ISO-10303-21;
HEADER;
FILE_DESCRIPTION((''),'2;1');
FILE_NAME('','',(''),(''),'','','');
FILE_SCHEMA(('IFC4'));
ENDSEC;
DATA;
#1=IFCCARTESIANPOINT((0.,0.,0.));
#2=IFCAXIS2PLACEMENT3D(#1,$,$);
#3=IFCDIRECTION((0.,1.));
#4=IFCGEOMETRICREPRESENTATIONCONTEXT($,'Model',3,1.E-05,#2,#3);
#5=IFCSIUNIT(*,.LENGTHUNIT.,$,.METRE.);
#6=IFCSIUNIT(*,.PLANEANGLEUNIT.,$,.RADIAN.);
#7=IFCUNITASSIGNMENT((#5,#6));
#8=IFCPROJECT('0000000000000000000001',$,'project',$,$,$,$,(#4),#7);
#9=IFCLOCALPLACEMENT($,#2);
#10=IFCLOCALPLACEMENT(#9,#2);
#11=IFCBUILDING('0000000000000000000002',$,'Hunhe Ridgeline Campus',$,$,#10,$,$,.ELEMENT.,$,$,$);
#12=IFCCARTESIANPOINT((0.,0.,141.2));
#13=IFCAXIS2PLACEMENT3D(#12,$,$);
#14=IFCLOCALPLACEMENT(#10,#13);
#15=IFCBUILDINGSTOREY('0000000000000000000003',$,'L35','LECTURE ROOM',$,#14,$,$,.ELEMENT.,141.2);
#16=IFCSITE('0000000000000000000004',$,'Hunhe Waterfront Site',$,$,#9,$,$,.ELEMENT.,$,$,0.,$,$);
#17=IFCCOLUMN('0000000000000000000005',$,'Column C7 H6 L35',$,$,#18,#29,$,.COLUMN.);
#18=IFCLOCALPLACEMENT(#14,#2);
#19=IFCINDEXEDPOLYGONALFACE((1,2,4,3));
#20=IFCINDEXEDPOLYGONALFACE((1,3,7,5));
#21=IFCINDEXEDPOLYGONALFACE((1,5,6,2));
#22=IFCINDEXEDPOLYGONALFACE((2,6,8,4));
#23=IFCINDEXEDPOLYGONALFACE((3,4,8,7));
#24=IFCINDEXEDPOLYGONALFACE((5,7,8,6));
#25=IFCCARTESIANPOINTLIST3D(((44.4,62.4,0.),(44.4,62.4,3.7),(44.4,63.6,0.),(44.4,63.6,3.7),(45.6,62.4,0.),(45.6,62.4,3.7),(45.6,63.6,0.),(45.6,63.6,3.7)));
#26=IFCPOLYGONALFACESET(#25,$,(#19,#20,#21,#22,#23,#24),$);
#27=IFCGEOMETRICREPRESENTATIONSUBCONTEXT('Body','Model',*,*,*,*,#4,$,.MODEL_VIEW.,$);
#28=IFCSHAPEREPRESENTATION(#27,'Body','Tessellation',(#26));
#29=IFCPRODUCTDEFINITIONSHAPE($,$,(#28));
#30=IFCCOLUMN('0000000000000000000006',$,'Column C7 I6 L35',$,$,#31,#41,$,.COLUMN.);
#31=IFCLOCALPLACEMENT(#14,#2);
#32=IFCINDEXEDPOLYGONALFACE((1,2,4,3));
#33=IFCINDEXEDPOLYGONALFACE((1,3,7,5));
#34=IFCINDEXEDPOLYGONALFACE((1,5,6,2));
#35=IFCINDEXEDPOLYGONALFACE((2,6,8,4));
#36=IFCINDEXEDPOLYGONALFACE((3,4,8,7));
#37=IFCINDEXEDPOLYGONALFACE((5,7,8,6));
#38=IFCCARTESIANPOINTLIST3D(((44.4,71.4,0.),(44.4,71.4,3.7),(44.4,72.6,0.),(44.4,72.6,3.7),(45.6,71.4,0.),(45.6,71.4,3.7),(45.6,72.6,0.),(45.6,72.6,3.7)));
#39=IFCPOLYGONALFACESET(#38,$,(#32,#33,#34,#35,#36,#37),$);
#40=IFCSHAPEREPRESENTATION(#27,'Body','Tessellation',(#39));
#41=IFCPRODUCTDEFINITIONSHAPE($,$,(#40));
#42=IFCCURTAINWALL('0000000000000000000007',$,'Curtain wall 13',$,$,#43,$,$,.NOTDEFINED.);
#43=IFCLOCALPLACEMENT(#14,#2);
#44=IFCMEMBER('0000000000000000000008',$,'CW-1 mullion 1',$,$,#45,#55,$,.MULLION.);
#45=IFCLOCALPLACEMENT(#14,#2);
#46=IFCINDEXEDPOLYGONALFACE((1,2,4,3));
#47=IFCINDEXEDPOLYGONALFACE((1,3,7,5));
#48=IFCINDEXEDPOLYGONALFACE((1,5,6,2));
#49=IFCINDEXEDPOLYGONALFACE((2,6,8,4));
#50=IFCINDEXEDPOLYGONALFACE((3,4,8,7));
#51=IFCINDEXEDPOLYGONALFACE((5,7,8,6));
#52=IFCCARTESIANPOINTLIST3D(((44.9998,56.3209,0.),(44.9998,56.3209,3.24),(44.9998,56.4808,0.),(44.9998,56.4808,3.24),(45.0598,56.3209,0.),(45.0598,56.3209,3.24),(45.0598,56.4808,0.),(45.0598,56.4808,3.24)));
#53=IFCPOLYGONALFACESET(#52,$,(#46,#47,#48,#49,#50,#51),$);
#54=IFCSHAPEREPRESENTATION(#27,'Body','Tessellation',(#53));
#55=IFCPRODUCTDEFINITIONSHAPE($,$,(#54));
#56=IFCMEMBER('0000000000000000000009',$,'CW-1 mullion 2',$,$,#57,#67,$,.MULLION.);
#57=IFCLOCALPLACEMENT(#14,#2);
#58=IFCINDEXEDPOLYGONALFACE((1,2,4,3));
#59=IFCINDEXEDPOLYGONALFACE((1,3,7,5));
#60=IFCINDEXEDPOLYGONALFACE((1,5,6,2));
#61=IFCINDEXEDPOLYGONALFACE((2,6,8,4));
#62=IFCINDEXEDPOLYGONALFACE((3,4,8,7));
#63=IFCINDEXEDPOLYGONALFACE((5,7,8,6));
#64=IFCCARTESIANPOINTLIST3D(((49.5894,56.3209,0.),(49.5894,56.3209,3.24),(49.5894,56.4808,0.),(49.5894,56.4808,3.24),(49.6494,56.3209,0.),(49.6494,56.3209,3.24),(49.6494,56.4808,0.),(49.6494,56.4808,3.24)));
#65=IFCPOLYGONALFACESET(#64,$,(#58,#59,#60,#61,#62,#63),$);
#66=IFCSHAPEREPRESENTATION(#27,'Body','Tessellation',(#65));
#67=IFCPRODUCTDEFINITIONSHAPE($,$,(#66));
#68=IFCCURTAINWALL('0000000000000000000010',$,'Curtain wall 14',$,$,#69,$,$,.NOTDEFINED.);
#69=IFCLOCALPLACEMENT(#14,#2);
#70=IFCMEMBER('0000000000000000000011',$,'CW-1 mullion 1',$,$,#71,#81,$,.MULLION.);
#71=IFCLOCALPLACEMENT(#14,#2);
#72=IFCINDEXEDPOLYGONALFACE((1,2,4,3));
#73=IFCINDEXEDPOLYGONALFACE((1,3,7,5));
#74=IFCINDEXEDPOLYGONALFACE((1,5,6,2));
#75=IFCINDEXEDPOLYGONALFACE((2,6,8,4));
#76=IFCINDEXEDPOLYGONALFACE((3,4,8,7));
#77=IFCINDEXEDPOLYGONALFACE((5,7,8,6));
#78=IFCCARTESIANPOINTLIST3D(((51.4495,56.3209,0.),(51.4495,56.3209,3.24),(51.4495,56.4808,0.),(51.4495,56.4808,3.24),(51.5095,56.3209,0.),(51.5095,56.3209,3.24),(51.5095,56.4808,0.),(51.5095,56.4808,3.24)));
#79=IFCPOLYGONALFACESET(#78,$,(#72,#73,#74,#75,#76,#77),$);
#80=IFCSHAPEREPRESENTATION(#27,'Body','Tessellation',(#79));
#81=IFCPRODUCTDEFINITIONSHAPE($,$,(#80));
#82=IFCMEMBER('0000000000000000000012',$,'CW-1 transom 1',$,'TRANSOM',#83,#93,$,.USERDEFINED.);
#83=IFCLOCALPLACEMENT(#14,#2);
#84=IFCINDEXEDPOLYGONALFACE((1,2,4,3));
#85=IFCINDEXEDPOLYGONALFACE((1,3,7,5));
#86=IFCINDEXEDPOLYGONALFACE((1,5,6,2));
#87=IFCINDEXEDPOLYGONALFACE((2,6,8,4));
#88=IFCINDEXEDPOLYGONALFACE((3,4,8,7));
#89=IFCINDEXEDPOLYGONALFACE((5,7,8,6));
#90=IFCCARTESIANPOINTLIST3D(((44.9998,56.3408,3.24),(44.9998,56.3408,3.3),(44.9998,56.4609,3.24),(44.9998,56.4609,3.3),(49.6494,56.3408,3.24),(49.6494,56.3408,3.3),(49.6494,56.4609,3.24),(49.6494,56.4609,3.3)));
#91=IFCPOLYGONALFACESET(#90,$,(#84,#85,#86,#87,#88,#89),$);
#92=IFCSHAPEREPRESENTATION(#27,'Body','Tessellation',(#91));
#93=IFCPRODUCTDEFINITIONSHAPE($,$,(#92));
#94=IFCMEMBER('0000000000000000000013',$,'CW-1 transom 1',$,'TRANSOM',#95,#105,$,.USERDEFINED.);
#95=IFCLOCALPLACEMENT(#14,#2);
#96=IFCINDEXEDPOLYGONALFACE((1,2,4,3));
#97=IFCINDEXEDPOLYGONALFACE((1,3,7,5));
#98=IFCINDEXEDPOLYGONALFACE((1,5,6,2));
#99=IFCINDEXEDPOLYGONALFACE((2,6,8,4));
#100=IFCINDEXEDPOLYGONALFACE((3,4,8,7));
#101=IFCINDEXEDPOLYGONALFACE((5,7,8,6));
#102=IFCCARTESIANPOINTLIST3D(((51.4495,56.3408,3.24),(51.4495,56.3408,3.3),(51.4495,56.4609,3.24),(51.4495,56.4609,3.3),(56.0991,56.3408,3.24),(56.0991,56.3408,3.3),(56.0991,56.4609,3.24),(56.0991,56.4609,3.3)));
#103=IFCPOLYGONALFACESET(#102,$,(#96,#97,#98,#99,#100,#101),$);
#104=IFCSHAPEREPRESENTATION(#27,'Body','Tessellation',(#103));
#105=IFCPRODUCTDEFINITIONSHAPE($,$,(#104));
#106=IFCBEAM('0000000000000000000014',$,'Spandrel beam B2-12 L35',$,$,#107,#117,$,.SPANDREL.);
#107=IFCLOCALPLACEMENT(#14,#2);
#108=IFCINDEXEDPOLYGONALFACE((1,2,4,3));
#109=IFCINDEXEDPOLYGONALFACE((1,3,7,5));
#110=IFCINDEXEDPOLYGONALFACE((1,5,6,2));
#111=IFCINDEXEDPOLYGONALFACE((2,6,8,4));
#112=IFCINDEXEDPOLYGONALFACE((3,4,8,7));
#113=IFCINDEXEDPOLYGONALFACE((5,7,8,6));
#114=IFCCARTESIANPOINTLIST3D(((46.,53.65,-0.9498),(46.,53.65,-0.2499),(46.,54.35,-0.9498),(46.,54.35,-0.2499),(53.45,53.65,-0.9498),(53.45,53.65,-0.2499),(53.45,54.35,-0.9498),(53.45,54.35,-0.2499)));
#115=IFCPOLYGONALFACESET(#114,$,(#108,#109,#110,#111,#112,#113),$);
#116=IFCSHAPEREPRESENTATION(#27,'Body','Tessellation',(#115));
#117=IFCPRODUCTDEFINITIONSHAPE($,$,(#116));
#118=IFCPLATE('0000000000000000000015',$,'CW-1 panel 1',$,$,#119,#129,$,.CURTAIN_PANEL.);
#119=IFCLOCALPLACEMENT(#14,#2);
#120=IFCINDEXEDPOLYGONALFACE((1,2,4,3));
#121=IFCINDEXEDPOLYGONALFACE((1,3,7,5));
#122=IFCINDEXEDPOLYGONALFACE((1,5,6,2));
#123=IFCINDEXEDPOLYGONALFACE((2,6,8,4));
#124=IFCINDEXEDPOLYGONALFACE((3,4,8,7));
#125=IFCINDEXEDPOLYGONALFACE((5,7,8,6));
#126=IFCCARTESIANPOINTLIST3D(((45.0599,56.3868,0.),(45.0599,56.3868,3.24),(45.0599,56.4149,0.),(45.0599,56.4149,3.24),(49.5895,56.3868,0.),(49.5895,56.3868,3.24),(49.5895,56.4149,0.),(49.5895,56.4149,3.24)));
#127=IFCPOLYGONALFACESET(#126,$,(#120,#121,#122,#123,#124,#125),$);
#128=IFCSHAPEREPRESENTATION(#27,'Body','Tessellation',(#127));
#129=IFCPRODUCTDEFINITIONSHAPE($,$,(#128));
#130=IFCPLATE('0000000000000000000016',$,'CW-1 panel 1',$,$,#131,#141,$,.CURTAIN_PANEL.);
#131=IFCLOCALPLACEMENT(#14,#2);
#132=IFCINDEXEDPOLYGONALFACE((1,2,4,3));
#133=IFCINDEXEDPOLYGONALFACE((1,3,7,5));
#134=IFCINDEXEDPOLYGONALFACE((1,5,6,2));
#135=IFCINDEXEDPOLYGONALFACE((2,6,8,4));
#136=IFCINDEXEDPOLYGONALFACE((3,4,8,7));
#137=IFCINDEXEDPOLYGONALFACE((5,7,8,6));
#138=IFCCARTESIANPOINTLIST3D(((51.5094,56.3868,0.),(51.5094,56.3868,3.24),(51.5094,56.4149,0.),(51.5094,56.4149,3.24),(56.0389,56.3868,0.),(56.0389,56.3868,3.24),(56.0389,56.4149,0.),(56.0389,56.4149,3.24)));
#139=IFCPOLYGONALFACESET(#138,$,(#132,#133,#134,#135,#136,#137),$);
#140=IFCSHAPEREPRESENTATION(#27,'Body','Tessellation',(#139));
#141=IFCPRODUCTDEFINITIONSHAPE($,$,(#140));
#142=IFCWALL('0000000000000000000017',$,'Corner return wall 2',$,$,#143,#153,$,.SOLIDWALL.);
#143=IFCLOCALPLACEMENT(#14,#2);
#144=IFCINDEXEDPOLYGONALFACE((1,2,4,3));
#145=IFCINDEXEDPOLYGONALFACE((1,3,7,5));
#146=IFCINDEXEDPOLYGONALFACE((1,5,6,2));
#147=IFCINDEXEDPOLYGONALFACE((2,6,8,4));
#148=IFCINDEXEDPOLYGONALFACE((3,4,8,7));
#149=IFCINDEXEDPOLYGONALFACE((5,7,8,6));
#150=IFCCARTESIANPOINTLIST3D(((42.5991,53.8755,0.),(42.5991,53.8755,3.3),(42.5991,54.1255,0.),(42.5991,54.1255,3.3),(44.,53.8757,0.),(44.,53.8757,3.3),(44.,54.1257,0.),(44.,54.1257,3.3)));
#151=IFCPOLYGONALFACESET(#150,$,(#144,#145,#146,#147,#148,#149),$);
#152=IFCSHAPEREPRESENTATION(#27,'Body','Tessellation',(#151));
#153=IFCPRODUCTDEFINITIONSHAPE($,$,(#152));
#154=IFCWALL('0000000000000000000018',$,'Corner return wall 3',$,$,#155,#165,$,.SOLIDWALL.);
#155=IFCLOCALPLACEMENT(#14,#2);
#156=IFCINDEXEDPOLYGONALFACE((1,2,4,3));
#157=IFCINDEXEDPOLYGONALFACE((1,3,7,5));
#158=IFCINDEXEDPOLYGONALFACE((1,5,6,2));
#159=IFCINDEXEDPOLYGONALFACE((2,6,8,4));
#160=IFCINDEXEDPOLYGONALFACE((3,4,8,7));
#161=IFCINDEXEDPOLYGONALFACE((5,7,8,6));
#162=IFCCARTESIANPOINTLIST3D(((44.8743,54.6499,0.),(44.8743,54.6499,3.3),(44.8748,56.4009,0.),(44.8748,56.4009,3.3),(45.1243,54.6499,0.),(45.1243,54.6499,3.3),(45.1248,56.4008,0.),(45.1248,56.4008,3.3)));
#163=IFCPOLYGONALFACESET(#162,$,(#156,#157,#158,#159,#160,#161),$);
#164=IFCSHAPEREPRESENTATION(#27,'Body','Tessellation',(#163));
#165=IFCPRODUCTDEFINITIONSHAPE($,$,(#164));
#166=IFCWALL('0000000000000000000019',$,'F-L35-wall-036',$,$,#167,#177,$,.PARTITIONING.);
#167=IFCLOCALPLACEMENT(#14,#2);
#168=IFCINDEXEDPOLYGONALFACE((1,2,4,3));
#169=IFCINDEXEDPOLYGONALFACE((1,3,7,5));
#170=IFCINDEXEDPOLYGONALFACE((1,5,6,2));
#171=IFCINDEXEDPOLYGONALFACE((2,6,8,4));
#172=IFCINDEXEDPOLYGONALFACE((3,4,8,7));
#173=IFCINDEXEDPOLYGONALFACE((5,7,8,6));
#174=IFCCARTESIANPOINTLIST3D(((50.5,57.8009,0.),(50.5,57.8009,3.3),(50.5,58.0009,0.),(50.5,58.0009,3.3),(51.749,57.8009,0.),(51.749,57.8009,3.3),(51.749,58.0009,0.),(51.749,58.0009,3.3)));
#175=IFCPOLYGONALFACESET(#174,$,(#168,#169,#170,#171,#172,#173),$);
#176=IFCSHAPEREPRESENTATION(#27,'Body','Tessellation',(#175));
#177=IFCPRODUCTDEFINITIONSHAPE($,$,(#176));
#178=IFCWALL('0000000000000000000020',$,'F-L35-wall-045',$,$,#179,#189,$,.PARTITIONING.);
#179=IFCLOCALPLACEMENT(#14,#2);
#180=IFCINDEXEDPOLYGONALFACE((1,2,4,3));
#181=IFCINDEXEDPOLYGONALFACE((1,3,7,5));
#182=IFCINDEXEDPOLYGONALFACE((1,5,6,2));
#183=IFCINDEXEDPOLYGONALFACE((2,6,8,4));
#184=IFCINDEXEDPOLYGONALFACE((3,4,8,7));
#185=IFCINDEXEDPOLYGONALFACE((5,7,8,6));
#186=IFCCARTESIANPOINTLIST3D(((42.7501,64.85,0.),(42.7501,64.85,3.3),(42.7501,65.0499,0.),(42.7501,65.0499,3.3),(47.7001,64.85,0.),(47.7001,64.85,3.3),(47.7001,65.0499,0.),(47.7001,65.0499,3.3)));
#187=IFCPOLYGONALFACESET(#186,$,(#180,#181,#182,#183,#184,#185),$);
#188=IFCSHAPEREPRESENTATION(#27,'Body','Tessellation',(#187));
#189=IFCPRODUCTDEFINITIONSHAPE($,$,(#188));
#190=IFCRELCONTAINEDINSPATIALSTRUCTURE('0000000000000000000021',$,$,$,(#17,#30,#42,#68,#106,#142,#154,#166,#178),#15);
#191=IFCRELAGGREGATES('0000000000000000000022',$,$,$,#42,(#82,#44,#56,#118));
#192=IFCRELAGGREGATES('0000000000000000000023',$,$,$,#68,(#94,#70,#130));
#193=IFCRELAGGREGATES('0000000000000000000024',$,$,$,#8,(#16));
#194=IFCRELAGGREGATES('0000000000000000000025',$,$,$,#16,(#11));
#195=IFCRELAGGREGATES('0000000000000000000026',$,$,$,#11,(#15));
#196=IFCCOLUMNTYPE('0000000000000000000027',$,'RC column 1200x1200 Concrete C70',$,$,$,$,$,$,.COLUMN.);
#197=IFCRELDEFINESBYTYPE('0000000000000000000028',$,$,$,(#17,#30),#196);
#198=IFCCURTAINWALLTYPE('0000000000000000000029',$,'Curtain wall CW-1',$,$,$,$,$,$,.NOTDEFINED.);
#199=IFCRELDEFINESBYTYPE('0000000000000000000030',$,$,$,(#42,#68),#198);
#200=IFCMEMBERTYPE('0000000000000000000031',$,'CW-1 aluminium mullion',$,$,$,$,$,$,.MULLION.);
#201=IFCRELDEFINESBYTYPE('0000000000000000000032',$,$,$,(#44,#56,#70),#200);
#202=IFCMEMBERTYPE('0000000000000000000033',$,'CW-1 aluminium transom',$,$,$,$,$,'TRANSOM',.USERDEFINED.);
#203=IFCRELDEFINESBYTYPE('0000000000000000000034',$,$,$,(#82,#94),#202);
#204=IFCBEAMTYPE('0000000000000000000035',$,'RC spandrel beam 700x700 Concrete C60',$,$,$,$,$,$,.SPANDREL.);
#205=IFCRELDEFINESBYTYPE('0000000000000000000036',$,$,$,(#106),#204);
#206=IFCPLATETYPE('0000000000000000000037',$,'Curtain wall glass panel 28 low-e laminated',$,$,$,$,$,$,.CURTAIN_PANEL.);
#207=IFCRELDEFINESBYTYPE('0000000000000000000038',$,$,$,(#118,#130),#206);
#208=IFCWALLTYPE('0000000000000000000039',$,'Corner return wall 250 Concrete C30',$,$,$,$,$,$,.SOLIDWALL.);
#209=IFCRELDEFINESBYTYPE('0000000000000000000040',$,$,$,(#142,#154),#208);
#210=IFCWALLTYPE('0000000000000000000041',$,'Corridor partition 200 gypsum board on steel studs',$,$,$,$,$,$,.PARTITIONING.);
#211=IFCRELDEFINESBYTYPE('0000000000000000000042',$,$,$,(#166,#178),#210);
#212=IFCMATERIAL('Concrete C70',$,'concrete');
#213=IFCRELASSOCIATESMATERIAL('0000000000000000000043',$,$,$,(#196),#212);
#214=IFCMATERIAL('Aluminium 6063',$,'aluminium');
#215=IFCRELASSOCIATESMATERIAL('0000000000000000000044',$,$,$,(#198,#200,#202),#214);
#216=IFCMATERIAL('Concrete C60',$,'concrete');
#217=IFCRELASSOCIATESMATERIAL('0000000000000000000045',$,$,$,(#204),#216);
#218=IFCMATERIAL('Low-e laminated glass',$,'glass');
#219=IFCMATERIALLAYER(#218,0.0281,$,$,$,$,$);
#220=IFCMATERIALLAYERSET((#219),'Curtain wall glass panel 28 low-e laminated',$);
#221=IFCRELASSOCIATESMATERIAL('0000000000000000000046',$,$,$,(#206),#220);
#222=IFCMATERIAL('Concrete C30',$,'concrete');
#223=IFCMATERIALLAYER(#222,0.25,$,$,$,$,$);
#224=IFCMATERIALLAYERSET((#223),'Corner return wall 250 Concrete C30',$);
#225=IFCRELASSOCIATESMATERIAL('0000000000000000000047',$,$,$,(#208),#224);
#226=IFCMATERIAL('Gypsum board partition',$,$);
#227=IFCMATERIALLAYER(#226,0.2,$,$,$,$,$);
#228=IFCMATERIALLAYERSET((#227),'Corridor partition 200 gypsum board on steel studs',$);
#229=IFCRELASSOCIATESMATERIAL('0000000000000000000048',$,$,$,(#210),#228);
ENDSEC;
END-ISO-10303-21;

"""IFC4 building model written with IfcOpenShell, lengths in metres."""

from ifc_helpers import new_model, si_unit, direction, frame, frame_2d, origin, origin_2d, place, context, subcontext, project, spatial, rectangle, extrude, material, layer, layer_set, material_profile, profile_set, type_object, element, aggregate, save


model = new_model("IFC4")

# Units and contexts
model_context = context("Model", 3, precision=1e-05, world=origin(), true_north=direction((0.0, 1.0)))
body_context = subcontext(model_context, "Body", "Model", "MODEL_VIEW")
ifc_project = project(units=[si_unit("LENGTHUNIT", "METRE"), si_unit("PLANEANGLEUNIT", "RADIAN")], contexts=[model_context])

# Site, building, storey
site_placement = place(None, origin())
site = spatial("IfcSite", under=ifc_project, at=site_placement, Name="Hunhe Waterfront Site", CompositionType="ELEMENT", RefElevation=0.0)
building_placement = place(site_placement, origin())
building = spatial("IfcBuilding", under=site, at=building_placement, Name="Hunhe Ridgeline Campus", CompositionType="ELEMENT")
storey_placement = place(building_placement, frame((0.0, 0.0, 141.2)))
storey = spatial("IfcBuildingStorey", under=building, at=storey_placement, Name="L35", Description="LECTURE ROOM", CompositionType="ELEMENT", Elevation=141.2)

# Columns
ifc_material_1 = material(Name="Concrete C70", Category="concrete")
ifc_material_profile_1 = material_profile(ifc_material_1, rectangle(XDim=1.2, YDim=1.2, at=origin_2d()))
ifc_profile_set_1 = profile_set([ifc_material_profile_1], Name="Concrete C70")
column_type = type_object("IfcColumnType", Name="RC column 1200x1200 Concrete C70", PredefinedType="COLUMN", material=ifc_profile_set_1)
for number, where, z_axis, x_axis, name in (
    (1, (45.0, 63.0, 0.0), (0.0, 0.0, 1.0), (1.0, 0.0, 0.0), "Column C7 H6 L35"),
    (2, (45.0, 72.0, 0.0), (0.0, 0.0, 1.0), (1.0, 0.0, 0.0), "Column C7 I6 L35"),
):
    element("IfcColumn", number, at=place(storey_placement, frame(where, z_axis=z_axis, x_axis=x_axis)), inside=storey, type_object=column_type, Name=name, PredefinedType="COLUMN", context=body_context, shape_type="SweptSolid", body=[
        extrude(rectangle(XDim=1.2, YDim=1.2, at=origin_2d()), origin(), (0.0, 0.0, 1.0), 3.7),
    ])

# Curtain wall, members
ifc_material_2 = material(Name="Aluminium 6063", Category="aluminium")
curtain_wall_type = type_object("IfcCurtainWallType", Name="Curtain wall CW-1", PredefinedType="NOTDEFINED", material=ifc_material_2)
curtain_wall_1_placement = place(storey_placement, origin())
curtain_wall_1 = element("IfcCurtainWall", 3, at=curtain_wall_1_placement, inside=storey, type_object=curtain_wall_type, Name="Curtain wall 13", PredefinedType="NOTDEFINED")
ifc_material_profile_2 = material_profile(ifc_material_2, rectangle(XDim=0.1599, YDim=0.0601, at=origin_2d()))
ifc_profile_set_2 = profile_set([ifc_material_profile_2], Name="Aluminium 6063")
member_type_1 = type_object("IfcMemberType", Name="CW-1 aluminium mullion", PredefinedType="MULLION", material=ifc_profile_set_2)
member_1_placement = place(storey_placement, frame((45.0298, 56.4009, 0.0), z_axis=(0.0, 0.0, 1.0), x_axis=(-0.000002, 1.0, 0.0)))
member_1 = element("IfcMember", 4, at=member_1_placement, type_object=member_type_1, Name="CW-1 mullion 1", PredefinedType="MULLION", context=body_context, shape_type="SweptSolid", body=[
    extrude(rectangle(XDim=0.1599, YDim=0.0601, at=origin_2d()), origin(), (0.0, 0.0, 1.0), 3.24),
])
member_2_placement = place(storey_placement, frame((49.6194, 56.4009, 0.0), z_axis=(0.0, 0.0, 1.0), x_axis=(-0.000002, 1.0, 0.0)))
member_2 = element("IfcMember", 5, at=member_2_placement, type_object=member_type_1, Name="CW-1 mullion 2", PredefinedType="MULLION", context=body_context, shape_type="SweptSolid", body=[
    extrude(rectangle(XDim=0.1599, YDim=0.0601, at=origin_2d()), origin(), (0.0, 0.0, 1.0), 3.24),
])

# Curtain wall, member
curtain_wall_2_placement = place(storey_placement, origin())
curtain_wall_2 = element("IfcCurtainWall", 6, at=curtain_wall_2_placement, inside=storey, type_object=curtain_wall_type, Name="Curtain wall 14", PredefinedType="NOTDEFINED")
member_3_placement = place(storey_placement, frame((51.4795, 56.4009, 0.0), z_axis=(0.0, 0.0, 1.0), x_axis=(-0.000002, 1.0, 0.0)))
member_3 = element("IfcMember", 7, at=member_3_placement, type_object=member_type_1, Name="CW-1 mullion 1", PredefinedType="MULLION", context=body_context, shape_type="SweptSolid", body=[
    extrude(rectangle(XDim=0.1599, YDim=0.0601, at=origin_2d()), origin(), (0.0, 0.0, 1.0), 3.24),
])

# Members
ifc_material_profile_3 = material_profile(ifc_material_2, rectangle(XDim=0.1201, YDim=0.0601, at=origin_2d()))
ifc_profile_set_3 = profile_set([ifc_material_profile_3], Name="Aluminium 6063")
member_type_2 = type_object("IfcMemberType", Name="CW-1 aluminium transom", ElementType="TRANSOM", PredefinedType="USERDEFINED", material=ifc_profile_set_3)
member_4_placement = place(storey_placement, frame((44.9998, 56.4009, 3.27), z_axis=(1.0, 0.0, 0.0), x_axis=(0.0, 1.0, 0.0)))
member_4 = element("IfcMember", 8, at=member_4_placement, type_object=member_type_2, Name="CW-1 transom 1", ObjectType="TRANSOM", PredefinedType="USERDEFINED", context=body_context, shape_type="SweptSolid", body=[
    extrude(rectangle(XDim=0.1201, YDim=0.0601, at=origin_2d()), origin(), (0.0, 0.0, 1.0), 4.6497),
])
member_5_placement = place(storey_placement, frame((51.4495, 56.4009, 3.27), z_axis=(1.0, 0.0, 0.0), x_axis=(0.0, 1.0, 0.0)))
member_5 = element("IfcMember", 9, at=member_5_placement, type_object=member_type_2, Name="CW-1 transom 1", ObjectType="TRANSOM", PredefinedType="USERDEFINED", context=body_context, shape_type="SweptSolid", body=[
    extrude(rectangle(XDim=0.1201, YDim=0.0601, at=origin_2d()), origin(), (0.0, 0.0, 1.0), 4.6497),
])

# Beam
ifc_material_3 = material(Name="Concrete C60", Category="concrete")
ifc_material_profile_4 = material_profile(ifc_material_3, rectangle(XDim=0.7, YDim=0.7, at=origin_2d()))
ifc_profile_set_4 = profile_set([ifc_material_profile_4], Name="Concrete C60")
beam_type = type_object("IfcBeamType", Name="RC spandrel beam 700x700 Concrete C60", PredefinedType="SPANDREL", material=ifc_profile_set_4)
beam_placement = place(storey_placement, frame((46.0, 54.0, -0.5999), z_axis=(1.0, 0.0, 0.0), x_axis=(0.0, 1.0, 0.0)))
element("IfcBeam", 10, at=beam_placement, inside=storey, type_object=beam_type, Name="Spandrel beam B2-12 L35", PredefinedType="SPANDREL", context=body_context, shape_type="SweptSolid", body=[
    extrude(rectangle(XDim=0.7, YDim=0.7, at=origin_2d()), origin(), (0.0, 0.0, 1.0), 7.45),
])

# Plates
ifc_material_4 = material(Name="Low-e laminated glass", Category="glass")
ifc_layer_1 = layer(ifc_material_4, 0.0281)
ifc_layer_set_1 = layer_set([ifc_layer_1], Name="Curtain wall glass panel 28 low-e laminated")
plate_type = type_object("IfcPlateType", Name="Curtain wall glass panel 28 low-e laminated", PredefinedType="CURTAIN_PANEL", material=ifc_layer_set_1)
plate_1_placement = place(storey_placement, frame((47.3247, 56.4009, 0.0), z_axis=(0.0, 0.0, 1.0), x_axis=(1.0, 0.000002, 0.0)))
plate_1 = element("IfcPlate", 11, at=plate_1_placement, type_object=plate_type, Name="CW-1 panel 1", PredefinedType="CURTAIN_PANEL", context=body_context, shape_type="SweptSolid", body=[
    extrude(rectangle(XDim=4.5295, YDim=0.0281, at=origin_2d()), origin(), (0.0, 0.0, 1.0), 3.24),
])
aggregate(curtain_wall_1, [member_4, member_1, member_2, plate_1])
plate_2_placement = place(storey_placement, frame((53.7742, 56.4009, 0.0), z_axis=(0.0, 0.0, 1.0), x_axis=(1.0, 0.000002, 0.0)))
plate_2 = element("IfcPlate", 12, at=plate_2_placement, type_object=plate_type, Name="CW-1 panel 1", PredefinedType="CURTAIN_PANEL", context=body_context, shape_type="SweptSolid", body=[
    extrude(rectangle(XDim=4.5295, YDim=0.0281, at=origin_2d()), origin(), (0.0, 0.0, 1.0), 3.24),
])
aggregate(curtain_wall_2, [member_5, member_3, plate_2])

# Walls
ifc_material_5 = material(Name="Concrete C30", Category="concrete")
ifc_layer_2 = layer(ifc_material_5, 0.25)
ifc_layer_set_2 = layer_set([ifc_layer_2], Name="Corner return wall 250 Concrete C30")
wall_type_1 = type_object("IfcWallType", Name="Corner return wall 250 Concrete C30", PredefinedType="SOLIDWALL", material=ifc_layer_set_2)
wall_1_placement = place(storey_placement, frame((42.5991, 54.0005, 0.0), z_axis=(0.0, 0.0, 1.0), x_axis=(1.0, 0.000174, 0.0)))
element("IfcWall", 13, at=wall_1_placement, inside=storey, type_object=wall_type_1, Name="Corner return wall 2", PredefinedType="SOLIDWALL", context=body_context, shape_type="SweptSolid", body=[
    extrude(rectangle(XDim=1.4009, YDim=0.25, at=frame_2d((0.7004, 0.0))), origin(), (0.0, 0.0, 1.0), 3.3),
])
wall_2_placement = place(storey_placement, frame((44.9993, 54.6499, 0.0), z_axis=(0.0, 0.0, 1.0), x_axis=(0.000279, 1.0, 0.0)))
element("IfcWall", 14, at=wall_2_placement, inside=storey, type_object=wall_type_1, Name="Corner return wall 3", PredefinedType="SOLIDWALL", context=body_context, shape_type="SweptSolid", body=[
    extrude(rectangle(XDim=1.751, YDim=0.25, at=frame_2d((0.8755, 0.0))), origin(), (0.0, 0.0, 1.0), 3.3),
])
ifc_material_6 = material(Name="Gypsum board partition")
ifc_layer_3 = layer(ifc_material_6, 0.2)
ifc_layer_set_3 = layer_set([ifc_layer_3], Name="Corridor partition 200 gypsum board on steel studs")
wall_type_2 = type_object("IfcWallType", Name="Corridor partition 200 gypsum board on steel studs", PredefinedType="PARTITIONING", material=ifc_layer_set_3)
wall_3_placement = place(storey_placement, frame((50.5, 57.9009, 0.0), z_axis=(0.0, 0.0, 1.0), x_axis=(1.0, 0.0, 0.0)))
element("IfcWall", 15, at=wall_3_placement, inside=storey, type_object=wall_type_2, Name="F-L35-wall-036", PredefinedType="PARTITIONING", context=body_context, shape_type="SweptSolid", body=[
    extrude(rectangle(XDim=1.249, YDim=0.2, at=frame_2d((0.6245, 0.0))), origin(), (0.0, 0.0, 1.0), 3.3),
])

# Wall
wall_4_placement = place(storey_placement, frame((42.75, 64.95, 0.0), z_axis=(0.0, 0.0, 1.0), x_axis=(1.0, 0.0, 0.0)))
element("IfcWall", 16, at=wall_4_placement, inside=storey, type_object=wall_type_2, Name="F-L35-wall-045", PredefinedType="PARTITIONING", context=body_context, shape_type="SweptSolid", body=[
    extrude(rectangle(XDim=4.95, YDim=0.2, at=frame_2d((2.4751, 0.0))), origin(), (0.0, 0.0, 1.0), 3.3),
])

save(model, "model.ifc")
